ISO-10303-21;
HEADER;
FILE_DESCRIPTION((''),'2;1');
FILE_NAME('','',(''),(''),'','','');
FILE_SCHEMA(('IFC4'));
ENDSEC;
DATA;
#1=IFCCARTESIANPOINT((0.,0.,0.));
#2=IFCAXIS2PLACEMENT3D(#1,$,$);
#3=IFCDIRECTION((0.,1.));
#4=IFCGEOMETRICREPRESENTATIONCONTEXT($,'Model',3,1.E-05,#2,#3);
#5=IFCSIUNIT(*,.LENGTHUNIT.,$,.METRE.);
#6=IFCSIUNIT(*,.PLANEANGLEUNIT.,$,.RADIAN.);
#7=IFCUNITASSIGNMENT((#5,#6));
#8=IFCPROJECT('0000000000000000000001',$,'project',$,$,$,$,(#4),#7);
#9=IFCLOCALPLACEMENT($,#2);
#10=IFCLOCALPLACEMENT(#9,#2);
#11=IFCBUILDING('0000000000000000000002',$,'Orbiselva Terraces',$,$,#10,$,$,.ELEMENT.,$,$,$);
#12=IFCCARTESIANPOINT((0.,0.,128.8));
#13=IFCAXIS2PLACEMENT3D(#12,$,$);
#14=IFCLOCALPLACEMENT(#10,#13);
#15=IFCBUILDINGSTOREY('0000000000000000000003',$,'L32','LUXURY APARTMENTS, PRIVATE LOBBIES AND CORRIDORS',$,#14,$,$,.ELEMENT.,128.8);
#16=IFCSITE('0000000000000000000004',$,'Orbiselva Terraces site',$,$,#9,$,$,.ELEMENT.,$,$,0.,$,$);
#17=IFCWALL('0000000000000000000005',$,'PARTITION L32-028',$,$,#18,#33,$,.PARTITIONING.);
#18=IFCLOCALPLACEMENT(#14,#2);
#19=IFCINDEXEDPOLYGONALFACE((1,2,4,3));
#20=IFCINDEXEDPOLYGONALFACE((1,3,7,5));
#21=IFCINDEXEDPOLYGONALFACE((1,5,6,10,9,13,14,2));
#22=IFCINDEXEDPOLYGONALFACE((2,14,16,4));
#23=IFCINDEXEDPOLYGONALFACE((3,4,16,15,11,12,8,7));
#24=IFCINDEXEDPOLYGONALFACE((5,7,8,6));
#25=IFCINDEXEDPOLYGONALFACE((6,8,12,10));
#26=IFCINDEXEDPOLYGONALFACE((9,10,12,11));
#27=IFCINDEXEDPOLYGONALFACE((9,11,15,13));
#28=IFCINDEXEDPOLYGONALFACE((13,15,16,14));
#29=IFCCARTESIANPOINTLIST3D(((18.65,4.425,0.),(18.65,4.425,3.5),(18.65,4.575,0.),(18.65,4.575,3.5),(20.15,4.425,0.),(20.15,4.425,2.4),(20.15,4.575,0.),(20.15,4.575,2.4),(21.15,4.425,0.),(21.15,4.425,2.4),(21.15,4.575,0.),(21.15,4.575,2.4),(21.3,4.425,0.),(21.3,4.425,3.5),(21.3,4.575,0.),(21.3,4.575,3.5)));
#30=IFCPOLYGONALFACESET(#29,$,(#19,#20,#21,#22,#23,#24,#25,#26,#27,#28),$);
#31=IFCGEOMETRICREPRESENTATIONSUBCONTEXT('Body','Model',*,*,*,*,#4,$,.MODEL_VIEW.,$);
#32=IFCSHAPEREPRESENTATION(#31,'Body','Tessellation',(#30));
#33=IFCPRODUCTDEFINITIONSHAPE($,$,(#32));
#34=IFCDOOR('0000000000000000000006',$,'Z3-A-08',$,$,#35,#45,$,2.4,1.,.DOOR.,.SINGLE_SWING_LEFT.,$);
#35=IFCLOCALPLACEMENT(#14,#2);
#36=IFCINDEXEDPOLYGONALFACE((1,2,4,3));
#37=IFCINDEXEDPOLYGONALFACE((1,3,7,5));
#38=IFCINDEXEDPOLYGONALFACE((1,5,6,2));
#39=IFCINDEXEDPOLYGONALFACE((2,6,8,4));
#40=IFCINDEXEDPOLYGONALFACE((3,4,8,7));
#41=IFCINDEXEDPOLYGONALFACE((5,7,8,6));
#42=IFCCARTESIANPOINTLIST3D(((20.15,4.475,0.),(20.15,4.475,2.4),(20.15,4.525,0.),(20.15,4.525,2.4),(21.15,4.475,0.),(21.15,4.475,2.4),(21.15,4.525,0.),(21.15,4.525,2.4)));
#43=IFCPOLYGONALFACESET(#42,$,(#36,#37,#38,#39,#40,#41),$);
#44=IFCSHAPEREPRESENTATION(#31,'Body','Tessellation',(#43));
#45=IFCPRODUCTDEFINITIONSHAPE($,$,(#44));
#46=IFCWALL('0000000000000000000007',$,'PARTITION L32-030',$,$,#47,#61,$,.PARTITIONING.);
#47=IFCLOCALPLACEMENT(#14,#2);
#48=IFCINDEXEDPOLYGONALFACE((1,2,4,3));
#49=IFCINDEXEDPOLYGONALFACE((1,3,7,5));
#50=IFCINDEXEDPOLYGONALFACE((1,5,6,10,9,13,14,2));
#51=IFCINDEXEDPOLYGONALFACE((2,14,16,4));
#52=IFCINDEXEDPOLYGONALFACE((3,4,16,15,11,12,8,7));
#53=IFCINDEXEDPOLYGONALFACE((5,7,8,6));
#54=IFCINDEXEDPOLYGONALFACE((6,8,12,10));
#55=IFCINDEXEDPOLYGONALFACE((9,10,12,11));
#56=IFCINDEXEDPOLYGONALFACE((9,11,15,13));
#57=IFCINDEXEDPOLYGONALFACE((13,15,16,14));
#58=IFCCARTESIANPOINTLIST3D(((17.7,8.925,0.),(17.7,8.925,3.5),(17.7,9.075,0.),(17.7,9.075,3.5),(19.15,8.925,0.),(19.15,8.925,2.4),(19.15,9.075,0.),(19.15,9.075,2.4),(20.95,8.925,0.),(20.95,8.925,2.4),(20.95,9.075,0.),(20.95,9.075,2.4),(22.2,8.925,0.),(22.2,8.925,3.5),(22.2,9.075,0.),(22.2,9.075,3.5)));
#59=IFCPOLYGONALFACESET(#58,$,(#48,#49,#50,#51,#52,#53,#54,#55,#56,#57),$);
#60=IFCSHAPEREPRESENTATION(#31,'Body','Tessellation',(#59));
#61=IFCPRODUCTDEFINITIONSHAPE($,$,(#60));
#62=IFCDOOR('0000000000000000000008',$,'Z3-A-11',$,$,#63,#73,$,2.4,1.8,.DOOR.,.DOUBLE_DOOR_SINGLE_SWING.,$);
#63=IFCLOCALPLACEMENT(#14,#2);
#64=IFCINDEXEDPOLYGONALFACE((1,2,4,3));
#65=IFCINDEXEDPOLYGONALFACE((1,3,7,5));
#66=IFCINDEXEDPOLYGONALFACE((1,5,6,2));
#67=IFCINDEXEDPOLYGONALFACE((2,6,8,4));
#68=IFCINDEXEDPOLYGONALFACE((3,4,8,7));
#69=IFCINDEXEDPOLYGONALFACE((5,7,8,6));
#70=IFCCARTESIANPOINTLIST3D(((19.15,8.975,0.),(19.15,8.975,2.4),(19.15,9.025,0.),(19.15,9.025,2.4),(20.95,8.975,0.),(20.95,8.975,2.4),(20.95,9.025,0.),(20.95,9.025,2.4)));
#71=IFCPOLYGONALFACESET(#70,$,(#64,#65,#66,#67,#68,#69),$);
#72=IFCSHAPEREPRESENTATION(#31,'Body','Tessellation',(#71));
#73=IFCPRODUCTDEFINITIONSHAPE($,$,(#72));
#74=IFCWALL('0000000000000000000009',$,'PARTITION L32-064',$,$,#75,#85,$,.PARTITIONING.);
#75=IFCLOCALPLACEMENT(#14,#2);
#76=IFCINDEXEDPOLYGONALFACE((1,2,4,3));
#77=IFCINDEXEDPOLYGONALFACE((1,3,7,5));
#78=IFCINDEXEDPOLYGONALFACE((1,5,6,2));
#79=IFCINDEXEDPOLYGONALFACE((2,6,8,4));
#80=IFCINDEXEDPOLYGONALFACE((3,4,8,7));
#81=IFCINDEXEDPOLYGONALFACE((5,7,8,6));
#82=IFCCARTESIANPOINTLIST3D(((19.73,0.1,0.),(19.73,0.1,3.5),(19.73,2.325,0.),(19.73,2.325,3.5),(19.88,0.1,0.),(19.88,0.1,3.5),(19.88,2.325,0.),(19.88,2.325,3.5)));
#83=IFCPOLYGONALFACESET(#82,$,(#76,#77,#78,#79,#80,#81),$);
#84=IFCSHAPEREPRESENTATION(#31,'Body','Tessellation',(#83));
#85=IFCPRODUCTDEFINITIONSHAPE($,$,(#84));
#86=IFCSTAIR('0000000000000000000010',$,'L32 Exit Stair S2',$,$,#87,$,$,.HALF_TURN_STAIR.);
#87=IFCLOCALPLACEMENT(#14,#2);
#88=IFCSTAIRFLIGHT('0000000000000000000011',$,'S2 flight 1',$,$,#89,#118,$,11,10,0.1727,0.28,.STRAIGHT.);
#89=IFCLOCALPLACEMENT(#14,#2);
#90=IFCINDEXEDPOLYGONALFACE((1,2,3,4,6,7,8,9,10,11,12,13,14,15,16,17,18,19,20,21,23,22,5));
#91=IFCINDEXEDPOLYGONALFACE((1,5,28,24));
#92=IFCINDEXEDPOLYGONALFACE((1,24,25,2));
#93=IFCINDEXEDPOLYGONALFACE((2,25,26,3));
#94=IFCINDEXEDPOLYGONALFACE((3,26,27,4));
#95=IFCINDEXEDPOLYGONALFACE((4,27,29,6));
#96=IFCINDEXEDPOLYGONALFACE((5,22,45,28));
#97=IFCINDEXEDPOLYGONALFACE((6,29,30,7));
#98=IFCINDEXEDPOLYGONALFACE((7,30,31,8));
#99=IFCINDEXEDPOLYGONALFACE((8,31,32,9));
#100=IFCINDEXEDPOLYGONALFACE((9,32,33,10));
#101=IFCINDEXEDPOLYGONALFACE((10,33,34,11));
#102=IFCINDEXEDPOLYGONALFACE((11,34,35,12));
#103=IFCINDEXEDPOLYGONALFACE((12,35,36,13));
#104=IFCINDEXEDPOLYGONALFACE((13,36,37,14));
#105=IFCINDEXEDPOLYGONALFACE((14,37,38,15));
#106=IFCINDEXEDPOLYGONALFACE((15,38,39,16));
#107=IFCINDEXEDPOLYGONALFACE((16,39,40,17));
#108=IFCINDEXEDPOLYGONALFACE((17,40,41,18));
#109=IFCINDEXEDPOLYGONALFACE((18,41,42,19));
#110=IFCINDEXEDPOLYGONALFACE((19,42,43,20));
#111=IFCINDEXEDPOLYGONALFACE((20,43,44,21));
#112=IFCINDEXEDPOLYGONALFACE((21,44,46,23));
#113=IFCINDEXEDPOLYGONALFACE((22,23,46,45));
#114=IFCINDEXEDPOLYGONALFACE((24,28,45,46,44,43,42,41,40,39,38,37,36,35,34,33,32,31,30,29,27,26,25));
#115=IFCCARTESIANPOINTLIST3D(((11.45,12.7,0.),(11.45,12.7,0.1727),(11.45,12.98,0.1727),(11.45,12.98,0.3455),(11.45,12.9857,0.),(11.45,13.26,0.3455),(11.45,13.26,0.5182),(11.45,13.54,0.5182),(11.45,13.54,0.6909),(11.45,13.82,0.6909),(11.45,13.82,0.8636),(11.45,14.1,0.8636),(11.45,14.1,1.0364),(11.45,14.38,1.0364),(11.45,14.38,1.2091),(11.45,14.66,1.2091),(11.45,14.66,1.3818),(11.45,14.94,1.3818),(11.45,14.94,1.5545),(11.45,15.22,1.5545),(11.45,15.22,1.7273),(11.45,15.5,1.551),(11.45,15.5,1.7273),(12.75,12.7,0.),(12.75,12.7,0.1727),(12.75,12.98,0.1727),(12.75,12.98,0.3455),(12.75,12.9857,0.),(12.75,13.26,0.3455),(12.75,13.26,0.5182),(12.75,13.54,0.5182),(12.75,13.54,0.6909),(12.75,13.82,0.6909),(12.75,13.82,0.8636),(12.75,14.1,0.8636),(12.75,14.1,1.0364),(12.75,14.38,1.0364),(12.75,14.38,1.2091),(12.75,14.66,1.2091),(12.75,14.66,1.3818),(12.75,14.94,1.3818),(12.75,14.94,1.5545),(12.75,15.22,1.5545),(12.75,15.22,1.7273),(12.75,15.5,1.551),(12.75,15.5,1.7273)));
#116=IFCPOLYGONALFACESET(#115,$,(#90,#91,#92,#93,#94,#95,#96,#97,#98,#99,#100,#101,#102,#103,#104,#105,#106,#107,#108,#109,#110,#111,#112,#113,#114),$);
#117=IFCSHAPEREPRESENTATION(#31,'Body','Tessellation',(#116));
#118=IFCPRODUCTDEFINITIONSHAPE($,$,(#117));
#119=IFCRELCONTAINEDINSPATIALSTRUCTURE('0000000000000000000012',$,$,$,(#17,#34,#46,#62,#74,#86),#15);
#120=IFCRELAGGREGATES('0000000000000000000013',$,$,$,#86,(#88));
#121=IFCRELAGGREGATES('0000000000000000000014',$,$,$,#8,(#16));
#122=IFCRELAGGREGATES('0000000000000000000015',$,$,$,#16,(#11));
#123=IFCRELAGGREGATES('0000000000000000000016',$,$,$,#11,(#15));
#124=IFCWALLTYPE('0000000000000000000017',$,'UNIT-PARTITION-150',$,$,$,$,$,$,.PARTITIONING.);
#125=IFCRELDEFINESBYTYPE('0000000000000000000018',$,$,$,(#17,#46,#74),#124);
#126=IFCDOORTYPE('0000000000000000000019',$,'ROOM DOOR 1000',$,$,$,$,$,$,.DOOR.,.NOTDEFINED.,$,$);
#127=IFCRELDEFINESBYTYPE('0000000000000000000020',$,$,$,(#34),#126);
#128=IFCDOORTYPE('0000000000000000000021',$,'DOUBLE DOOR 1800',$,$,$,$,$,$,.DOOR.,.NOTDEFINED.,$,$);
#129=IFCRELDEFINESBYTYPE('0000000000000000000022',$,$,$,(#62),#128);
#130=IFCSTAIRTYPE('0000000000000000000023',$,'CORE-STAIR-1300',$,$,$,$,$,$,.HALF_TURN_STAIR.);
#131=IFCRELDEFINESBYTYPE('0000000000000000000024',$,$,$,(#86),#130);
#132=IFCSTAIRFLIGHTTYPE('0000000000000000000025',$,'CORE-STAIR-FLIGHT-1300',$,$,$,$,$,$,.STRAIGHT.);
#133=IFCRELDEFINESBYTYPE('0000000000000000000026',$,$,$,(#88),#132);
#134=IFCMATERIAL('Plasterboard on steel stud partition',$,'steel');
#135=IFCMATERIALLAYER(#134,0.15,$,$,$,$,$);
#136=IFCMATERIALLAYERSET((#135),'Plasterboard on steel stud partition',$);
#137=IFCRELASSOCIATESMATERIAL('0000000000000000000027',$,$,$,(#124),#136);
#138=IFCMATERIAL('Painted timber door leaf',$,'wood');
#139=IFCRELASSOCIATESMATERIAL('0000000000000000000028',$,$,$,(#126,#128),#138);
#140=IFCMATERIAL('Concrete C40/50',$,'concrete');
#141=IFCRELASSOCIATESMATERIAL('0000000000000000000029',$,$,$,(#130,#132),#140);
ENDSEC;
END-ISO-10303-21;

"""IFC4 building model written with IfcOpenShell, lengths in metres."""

from ifc_helpers import new_model, si_unit, direction, frame, frame_2d, origin, place, context, subcontext, project, spatial, polyline, rectangle, outline, extrude, material, layer, layer_set, type_object, element, fill, aggregate, save


model = new_model("IFC4")

# Units and contexts
model_context = context("Model", 3, precision=1e-05, world=origin(), true_north=direction((0.0, 1.0)))
body_context = subcontext(model_context, "Body", "Model", "MODEL_VIEW")
ifc_project = project(units=[si_unit("LENGTHUNIT", "METRE"), si_unit("PLANEANGLEUNIT", "RADIAN")], contexts=[model_context])

# Site, building, storey
site_placement = place(None, origin())
site = spatial("IfcSite", under=ifc_project, at=site_placement, Name="Orbiselva Terraces site", CompositionType="ELEMENT", RefElevation=0.0)
building_placement = place(site_placement, origin())
building = spatial("IfcBuilding", under=site, at=building_placement, Name="Orbiselva Terraces", CompositionType="ELEMENT")
storey_placement = place(building_placement, frame((0.0, 0.0, 128.8)))
storey = spatial("IfcBuildingStorey", under=building, at=storey_placement, Name="L32", Description="LUXURY APARTMENTS, PRIVATE LOBBIES AND CORRIDORS", CompositionType="ELEMENT", Elevation=128.8)

# Walls, openings, doors
ifc_material_1 = material(Name="Plasterboard on steel stud partition", Category="steel")
ifc_material_2 = material(Name="Painted timber door leaf", Category="wood")
ifc_layer_1 = layer(ifc_material_1, 0.15)
ifc_layer_set_1 = layer_set([ifc_layer_1], Name="Plasterboard on steel stud partition")
wall_type_1 = type_object("IfcWallType", Name="UNIT-PARTITION-150", PredefinedType="PARTITIONING", material=ifc_layer_set_1)
wall_1_placement = place(storey_placement, frame((21.3, 4.5, 0.0), z_axis=(0.0, 0.0, 1.0), x_axis=(-1.0, 0.0, 0.0)))
wall_1 = element("IfcWall", 1, at=wall_1_placement, inside=storey, type_object=wall_type_1, Name="PARTITION L32-028", PredefinedType="PARTITIONING", context=body_context, shape_type="SweptSolid", body=[
    extrude(rectangle(XDim=2.65, YDim=0.15, at=frame_2d((1.325, 0.0))), origin(), (0.0, 0.0, 1.0), 3.5),
])
opening_1_placement = place(wall_1_placement, frame((0.15, 0.0, 0.0)))
opening_1 = element("IfcOpeningElement", 2, at=opening_1_placement, cuts=wall_1, PredefinedType="OPENING", context=body_context, shape_type="SweptSolid", body=[
    extrude(rectangle(XDim=1.0, YDim=2.4, at=frame_2d((0.5, 1.2))), frame((0.0, 0.085, 0.0), z_axis=(0.0, -1.0, 0.0), x_axis=(1.0, 0.0, 0.0)), (0.0, 0.0, 1.0), 0.17),
])
door_type_1 = type_object("IfcDoorType", Name="ROOM DOOR 1000", OperationType="NOTDEFINED", PredefinedType="DOOR", material=ifc_material_2)
door_1_placement = place(opening_1_placement, origin())
door_1 = element("IfcDoor", 3, at=door_1_placement, inside=storey, type_object=door_type_1, Name="Z3-A-08", OperationType="SINGLE_SWING_LEFT", OverallHeight=2.4, OverallWidth=1.0, PredefinedType="DOOR", context=body_context, shape_type="SweptSolid", body=[
    extrude(rectangle(XDim=1.0, YDim=2.4, at=frame_2d((0.5, 1.2))), frame((0.0, 0.025, 0.0), z_axis=(0.0, -1.0, 0.0), x_axis=(1.0, 0.0, 0.0)), (0.0, 0.0, 1.0), 0.05),
])
fill(opening_1, door_1)
wall_2_placement = place(storey_placement, frame((17.7, 9.0, 0.0), z_axis=(0.0, 0.0, 1.0), x_axis=(1.0, 0.0, 0.0)))
wall_2 = element("IfcWall", 4, at=wall_2_placement, inside=storey, type_object=wall_type_1, Name="PARTITION L32-030", PredefinedType="PARTITIONING", context=body_context, shape_type="SweptSolid", body=[
    extrude(rectangle(XDim=4.5, YDim=0.15, at=frame_2d((2.25, 0.0))), origin(), (0.0, 0.0, 1.0), 3.5),
])
opening_2_placement = place(wall_2_placement, frame((1.45, 0.0, 0.0)))
opening_2 = element("IfcOpeningElement", 5, at=opening_2_placement, cuts=wall_2, PredefinedType="OPENING", context=body_context, shape_type="SweptSolid", body=[
    extrude(rectangle(XDim=1.8, YDim=2.4, at=frame_2d((0.9, 1.2))), frame((0.0, 0.085, 0.0), z_axis=(0.0, -1.0, 0.0), x_axis=(1.0, 0.0, 0.0)), (0.0, 0.0, 1.0), 0.17),
])
door_type_2 = type_object("IfcDoorType", Name="DOUBLE DOOR 1800", OperationType="NOTDEFINED", PredefinedType="DOOR", material=ifc_material_2)
door_2_placement = place(opening_2_placement, origin())
door_2 = element("IfcDoor", 6, at=door_2_placement, inside=storey, type_object=door_type_2, Name="Z3-A-11", OperationType="DOUBLE_DOOR_SINGLE_SWING", OverallHeight=2.4, OverallWidth=1.8, PredefinedType="DOOR", context=body_context, shape_type="SweptSolid", body=[
    extrude(rectangle(XDim=1.8, YDim=2.4, at=frame_2d((0.9, 1.2))), frame((0.0, 0.025, 0.0), z_axis=(0.0, -1.0, 0.0), x_axis=(1.0, 0.0, 0.0)), (0.0, 0.0, 1.0), 0.05),
])
fill(opening_2, door_2)

# Wall
wall_3_placement = place(storey_placement, frame((19.805, 0.1, 0.0), z_axis=(0.0, 0.0, 1.0), x_axis=(0.0, 1.0, 0.0)))
element("IfcWall", 7, at=wall_3_placement, inside=storey, type_object=wall_type_1, Name="PARTITION L32-064", PredefinedType="PARTITIONING", context=body_context, shape_type="SweptSolid", body=[
    extrude(rectangle(XDim=2.225, YDim=0.15, at=frame_2d((1.1125, 0.0))), origin(), (0.0, 0.0, 1.0), 3.5),
])

# Stair, stair flight
ifc_material_3 = material(Name="Concrete C40/50", Category="concrete")
stair_type = type_object("IfcStairType", Name="CORE-STAIR-1300", PredefinedType="HALF_TURN_STAIR", material=ifc_material_3)
stair_placement = place(storey_placement, origin())
stair = element("IfcStair", 8, at=stair_placement, inside=storey, type_object=stair_type, Name="L32 Exit Stair S2", PredefinedType="HALF_TURN_STAIR")
stair_flight_type = type_object("IfcStairFlightType", Name="CORE-STAIR-FLIGHT-1300", PredefinedType="STRAIGHT", material=ifc_material_3)
stair_flight_placement = place(storey_placement, frame((12.1, 12.7, 0.0), z_axis=(0.0, 0.0, 1.0), x_axis=(0.0, 1.0, 0.0)))
stair_flight = element("IfcStairFlight", 9, at=stair_flight_placement, type_object=stair_flight_type, Name="S2 flight 1", NumberOfRisers=11, NumberOfTreads=10, PredefinedType="STRAIGHT", RiserHeight=0.1727, TreadLength=0.28, context=body_context, shape_type="SweptSolid", body=[
    extrude(outline(polyline([(0.0, 0.0), (0.0, 0.1727), (0.28, 0.1727), (0.28, 0.3455), (0.56, 0.3455), (0.56, 0.5182), (0.84, 0.5182), (0.84, 0.6909), (1.12, 0.6909), (1.12, 0.8636), (1.4, 0.8636), (1.4, 1.0364), (1.68, 1.0364), (1.68, 1.2091), (1.96, 1.2091), (1.96, 1.3818), (2.24, 1.3818), (2.24, 1.5545), (2.52, 1.5545), (2.52, 1.7273), (2.8, 1.7273), (2.8, 1.9), (2.8, 1.551), (0.2857, 0.0), (0.0, 0.0)])), frame((0.0, 0.65, 0.0), z_axis=(0.0, -1.0, 0.0), x_axis=(1.0, 0.0, 0.0)), (0.0, 0.0, 1.0), 1.3),
])
aggregate(stair, [stair_flight])

save(model, "model.ifc")
